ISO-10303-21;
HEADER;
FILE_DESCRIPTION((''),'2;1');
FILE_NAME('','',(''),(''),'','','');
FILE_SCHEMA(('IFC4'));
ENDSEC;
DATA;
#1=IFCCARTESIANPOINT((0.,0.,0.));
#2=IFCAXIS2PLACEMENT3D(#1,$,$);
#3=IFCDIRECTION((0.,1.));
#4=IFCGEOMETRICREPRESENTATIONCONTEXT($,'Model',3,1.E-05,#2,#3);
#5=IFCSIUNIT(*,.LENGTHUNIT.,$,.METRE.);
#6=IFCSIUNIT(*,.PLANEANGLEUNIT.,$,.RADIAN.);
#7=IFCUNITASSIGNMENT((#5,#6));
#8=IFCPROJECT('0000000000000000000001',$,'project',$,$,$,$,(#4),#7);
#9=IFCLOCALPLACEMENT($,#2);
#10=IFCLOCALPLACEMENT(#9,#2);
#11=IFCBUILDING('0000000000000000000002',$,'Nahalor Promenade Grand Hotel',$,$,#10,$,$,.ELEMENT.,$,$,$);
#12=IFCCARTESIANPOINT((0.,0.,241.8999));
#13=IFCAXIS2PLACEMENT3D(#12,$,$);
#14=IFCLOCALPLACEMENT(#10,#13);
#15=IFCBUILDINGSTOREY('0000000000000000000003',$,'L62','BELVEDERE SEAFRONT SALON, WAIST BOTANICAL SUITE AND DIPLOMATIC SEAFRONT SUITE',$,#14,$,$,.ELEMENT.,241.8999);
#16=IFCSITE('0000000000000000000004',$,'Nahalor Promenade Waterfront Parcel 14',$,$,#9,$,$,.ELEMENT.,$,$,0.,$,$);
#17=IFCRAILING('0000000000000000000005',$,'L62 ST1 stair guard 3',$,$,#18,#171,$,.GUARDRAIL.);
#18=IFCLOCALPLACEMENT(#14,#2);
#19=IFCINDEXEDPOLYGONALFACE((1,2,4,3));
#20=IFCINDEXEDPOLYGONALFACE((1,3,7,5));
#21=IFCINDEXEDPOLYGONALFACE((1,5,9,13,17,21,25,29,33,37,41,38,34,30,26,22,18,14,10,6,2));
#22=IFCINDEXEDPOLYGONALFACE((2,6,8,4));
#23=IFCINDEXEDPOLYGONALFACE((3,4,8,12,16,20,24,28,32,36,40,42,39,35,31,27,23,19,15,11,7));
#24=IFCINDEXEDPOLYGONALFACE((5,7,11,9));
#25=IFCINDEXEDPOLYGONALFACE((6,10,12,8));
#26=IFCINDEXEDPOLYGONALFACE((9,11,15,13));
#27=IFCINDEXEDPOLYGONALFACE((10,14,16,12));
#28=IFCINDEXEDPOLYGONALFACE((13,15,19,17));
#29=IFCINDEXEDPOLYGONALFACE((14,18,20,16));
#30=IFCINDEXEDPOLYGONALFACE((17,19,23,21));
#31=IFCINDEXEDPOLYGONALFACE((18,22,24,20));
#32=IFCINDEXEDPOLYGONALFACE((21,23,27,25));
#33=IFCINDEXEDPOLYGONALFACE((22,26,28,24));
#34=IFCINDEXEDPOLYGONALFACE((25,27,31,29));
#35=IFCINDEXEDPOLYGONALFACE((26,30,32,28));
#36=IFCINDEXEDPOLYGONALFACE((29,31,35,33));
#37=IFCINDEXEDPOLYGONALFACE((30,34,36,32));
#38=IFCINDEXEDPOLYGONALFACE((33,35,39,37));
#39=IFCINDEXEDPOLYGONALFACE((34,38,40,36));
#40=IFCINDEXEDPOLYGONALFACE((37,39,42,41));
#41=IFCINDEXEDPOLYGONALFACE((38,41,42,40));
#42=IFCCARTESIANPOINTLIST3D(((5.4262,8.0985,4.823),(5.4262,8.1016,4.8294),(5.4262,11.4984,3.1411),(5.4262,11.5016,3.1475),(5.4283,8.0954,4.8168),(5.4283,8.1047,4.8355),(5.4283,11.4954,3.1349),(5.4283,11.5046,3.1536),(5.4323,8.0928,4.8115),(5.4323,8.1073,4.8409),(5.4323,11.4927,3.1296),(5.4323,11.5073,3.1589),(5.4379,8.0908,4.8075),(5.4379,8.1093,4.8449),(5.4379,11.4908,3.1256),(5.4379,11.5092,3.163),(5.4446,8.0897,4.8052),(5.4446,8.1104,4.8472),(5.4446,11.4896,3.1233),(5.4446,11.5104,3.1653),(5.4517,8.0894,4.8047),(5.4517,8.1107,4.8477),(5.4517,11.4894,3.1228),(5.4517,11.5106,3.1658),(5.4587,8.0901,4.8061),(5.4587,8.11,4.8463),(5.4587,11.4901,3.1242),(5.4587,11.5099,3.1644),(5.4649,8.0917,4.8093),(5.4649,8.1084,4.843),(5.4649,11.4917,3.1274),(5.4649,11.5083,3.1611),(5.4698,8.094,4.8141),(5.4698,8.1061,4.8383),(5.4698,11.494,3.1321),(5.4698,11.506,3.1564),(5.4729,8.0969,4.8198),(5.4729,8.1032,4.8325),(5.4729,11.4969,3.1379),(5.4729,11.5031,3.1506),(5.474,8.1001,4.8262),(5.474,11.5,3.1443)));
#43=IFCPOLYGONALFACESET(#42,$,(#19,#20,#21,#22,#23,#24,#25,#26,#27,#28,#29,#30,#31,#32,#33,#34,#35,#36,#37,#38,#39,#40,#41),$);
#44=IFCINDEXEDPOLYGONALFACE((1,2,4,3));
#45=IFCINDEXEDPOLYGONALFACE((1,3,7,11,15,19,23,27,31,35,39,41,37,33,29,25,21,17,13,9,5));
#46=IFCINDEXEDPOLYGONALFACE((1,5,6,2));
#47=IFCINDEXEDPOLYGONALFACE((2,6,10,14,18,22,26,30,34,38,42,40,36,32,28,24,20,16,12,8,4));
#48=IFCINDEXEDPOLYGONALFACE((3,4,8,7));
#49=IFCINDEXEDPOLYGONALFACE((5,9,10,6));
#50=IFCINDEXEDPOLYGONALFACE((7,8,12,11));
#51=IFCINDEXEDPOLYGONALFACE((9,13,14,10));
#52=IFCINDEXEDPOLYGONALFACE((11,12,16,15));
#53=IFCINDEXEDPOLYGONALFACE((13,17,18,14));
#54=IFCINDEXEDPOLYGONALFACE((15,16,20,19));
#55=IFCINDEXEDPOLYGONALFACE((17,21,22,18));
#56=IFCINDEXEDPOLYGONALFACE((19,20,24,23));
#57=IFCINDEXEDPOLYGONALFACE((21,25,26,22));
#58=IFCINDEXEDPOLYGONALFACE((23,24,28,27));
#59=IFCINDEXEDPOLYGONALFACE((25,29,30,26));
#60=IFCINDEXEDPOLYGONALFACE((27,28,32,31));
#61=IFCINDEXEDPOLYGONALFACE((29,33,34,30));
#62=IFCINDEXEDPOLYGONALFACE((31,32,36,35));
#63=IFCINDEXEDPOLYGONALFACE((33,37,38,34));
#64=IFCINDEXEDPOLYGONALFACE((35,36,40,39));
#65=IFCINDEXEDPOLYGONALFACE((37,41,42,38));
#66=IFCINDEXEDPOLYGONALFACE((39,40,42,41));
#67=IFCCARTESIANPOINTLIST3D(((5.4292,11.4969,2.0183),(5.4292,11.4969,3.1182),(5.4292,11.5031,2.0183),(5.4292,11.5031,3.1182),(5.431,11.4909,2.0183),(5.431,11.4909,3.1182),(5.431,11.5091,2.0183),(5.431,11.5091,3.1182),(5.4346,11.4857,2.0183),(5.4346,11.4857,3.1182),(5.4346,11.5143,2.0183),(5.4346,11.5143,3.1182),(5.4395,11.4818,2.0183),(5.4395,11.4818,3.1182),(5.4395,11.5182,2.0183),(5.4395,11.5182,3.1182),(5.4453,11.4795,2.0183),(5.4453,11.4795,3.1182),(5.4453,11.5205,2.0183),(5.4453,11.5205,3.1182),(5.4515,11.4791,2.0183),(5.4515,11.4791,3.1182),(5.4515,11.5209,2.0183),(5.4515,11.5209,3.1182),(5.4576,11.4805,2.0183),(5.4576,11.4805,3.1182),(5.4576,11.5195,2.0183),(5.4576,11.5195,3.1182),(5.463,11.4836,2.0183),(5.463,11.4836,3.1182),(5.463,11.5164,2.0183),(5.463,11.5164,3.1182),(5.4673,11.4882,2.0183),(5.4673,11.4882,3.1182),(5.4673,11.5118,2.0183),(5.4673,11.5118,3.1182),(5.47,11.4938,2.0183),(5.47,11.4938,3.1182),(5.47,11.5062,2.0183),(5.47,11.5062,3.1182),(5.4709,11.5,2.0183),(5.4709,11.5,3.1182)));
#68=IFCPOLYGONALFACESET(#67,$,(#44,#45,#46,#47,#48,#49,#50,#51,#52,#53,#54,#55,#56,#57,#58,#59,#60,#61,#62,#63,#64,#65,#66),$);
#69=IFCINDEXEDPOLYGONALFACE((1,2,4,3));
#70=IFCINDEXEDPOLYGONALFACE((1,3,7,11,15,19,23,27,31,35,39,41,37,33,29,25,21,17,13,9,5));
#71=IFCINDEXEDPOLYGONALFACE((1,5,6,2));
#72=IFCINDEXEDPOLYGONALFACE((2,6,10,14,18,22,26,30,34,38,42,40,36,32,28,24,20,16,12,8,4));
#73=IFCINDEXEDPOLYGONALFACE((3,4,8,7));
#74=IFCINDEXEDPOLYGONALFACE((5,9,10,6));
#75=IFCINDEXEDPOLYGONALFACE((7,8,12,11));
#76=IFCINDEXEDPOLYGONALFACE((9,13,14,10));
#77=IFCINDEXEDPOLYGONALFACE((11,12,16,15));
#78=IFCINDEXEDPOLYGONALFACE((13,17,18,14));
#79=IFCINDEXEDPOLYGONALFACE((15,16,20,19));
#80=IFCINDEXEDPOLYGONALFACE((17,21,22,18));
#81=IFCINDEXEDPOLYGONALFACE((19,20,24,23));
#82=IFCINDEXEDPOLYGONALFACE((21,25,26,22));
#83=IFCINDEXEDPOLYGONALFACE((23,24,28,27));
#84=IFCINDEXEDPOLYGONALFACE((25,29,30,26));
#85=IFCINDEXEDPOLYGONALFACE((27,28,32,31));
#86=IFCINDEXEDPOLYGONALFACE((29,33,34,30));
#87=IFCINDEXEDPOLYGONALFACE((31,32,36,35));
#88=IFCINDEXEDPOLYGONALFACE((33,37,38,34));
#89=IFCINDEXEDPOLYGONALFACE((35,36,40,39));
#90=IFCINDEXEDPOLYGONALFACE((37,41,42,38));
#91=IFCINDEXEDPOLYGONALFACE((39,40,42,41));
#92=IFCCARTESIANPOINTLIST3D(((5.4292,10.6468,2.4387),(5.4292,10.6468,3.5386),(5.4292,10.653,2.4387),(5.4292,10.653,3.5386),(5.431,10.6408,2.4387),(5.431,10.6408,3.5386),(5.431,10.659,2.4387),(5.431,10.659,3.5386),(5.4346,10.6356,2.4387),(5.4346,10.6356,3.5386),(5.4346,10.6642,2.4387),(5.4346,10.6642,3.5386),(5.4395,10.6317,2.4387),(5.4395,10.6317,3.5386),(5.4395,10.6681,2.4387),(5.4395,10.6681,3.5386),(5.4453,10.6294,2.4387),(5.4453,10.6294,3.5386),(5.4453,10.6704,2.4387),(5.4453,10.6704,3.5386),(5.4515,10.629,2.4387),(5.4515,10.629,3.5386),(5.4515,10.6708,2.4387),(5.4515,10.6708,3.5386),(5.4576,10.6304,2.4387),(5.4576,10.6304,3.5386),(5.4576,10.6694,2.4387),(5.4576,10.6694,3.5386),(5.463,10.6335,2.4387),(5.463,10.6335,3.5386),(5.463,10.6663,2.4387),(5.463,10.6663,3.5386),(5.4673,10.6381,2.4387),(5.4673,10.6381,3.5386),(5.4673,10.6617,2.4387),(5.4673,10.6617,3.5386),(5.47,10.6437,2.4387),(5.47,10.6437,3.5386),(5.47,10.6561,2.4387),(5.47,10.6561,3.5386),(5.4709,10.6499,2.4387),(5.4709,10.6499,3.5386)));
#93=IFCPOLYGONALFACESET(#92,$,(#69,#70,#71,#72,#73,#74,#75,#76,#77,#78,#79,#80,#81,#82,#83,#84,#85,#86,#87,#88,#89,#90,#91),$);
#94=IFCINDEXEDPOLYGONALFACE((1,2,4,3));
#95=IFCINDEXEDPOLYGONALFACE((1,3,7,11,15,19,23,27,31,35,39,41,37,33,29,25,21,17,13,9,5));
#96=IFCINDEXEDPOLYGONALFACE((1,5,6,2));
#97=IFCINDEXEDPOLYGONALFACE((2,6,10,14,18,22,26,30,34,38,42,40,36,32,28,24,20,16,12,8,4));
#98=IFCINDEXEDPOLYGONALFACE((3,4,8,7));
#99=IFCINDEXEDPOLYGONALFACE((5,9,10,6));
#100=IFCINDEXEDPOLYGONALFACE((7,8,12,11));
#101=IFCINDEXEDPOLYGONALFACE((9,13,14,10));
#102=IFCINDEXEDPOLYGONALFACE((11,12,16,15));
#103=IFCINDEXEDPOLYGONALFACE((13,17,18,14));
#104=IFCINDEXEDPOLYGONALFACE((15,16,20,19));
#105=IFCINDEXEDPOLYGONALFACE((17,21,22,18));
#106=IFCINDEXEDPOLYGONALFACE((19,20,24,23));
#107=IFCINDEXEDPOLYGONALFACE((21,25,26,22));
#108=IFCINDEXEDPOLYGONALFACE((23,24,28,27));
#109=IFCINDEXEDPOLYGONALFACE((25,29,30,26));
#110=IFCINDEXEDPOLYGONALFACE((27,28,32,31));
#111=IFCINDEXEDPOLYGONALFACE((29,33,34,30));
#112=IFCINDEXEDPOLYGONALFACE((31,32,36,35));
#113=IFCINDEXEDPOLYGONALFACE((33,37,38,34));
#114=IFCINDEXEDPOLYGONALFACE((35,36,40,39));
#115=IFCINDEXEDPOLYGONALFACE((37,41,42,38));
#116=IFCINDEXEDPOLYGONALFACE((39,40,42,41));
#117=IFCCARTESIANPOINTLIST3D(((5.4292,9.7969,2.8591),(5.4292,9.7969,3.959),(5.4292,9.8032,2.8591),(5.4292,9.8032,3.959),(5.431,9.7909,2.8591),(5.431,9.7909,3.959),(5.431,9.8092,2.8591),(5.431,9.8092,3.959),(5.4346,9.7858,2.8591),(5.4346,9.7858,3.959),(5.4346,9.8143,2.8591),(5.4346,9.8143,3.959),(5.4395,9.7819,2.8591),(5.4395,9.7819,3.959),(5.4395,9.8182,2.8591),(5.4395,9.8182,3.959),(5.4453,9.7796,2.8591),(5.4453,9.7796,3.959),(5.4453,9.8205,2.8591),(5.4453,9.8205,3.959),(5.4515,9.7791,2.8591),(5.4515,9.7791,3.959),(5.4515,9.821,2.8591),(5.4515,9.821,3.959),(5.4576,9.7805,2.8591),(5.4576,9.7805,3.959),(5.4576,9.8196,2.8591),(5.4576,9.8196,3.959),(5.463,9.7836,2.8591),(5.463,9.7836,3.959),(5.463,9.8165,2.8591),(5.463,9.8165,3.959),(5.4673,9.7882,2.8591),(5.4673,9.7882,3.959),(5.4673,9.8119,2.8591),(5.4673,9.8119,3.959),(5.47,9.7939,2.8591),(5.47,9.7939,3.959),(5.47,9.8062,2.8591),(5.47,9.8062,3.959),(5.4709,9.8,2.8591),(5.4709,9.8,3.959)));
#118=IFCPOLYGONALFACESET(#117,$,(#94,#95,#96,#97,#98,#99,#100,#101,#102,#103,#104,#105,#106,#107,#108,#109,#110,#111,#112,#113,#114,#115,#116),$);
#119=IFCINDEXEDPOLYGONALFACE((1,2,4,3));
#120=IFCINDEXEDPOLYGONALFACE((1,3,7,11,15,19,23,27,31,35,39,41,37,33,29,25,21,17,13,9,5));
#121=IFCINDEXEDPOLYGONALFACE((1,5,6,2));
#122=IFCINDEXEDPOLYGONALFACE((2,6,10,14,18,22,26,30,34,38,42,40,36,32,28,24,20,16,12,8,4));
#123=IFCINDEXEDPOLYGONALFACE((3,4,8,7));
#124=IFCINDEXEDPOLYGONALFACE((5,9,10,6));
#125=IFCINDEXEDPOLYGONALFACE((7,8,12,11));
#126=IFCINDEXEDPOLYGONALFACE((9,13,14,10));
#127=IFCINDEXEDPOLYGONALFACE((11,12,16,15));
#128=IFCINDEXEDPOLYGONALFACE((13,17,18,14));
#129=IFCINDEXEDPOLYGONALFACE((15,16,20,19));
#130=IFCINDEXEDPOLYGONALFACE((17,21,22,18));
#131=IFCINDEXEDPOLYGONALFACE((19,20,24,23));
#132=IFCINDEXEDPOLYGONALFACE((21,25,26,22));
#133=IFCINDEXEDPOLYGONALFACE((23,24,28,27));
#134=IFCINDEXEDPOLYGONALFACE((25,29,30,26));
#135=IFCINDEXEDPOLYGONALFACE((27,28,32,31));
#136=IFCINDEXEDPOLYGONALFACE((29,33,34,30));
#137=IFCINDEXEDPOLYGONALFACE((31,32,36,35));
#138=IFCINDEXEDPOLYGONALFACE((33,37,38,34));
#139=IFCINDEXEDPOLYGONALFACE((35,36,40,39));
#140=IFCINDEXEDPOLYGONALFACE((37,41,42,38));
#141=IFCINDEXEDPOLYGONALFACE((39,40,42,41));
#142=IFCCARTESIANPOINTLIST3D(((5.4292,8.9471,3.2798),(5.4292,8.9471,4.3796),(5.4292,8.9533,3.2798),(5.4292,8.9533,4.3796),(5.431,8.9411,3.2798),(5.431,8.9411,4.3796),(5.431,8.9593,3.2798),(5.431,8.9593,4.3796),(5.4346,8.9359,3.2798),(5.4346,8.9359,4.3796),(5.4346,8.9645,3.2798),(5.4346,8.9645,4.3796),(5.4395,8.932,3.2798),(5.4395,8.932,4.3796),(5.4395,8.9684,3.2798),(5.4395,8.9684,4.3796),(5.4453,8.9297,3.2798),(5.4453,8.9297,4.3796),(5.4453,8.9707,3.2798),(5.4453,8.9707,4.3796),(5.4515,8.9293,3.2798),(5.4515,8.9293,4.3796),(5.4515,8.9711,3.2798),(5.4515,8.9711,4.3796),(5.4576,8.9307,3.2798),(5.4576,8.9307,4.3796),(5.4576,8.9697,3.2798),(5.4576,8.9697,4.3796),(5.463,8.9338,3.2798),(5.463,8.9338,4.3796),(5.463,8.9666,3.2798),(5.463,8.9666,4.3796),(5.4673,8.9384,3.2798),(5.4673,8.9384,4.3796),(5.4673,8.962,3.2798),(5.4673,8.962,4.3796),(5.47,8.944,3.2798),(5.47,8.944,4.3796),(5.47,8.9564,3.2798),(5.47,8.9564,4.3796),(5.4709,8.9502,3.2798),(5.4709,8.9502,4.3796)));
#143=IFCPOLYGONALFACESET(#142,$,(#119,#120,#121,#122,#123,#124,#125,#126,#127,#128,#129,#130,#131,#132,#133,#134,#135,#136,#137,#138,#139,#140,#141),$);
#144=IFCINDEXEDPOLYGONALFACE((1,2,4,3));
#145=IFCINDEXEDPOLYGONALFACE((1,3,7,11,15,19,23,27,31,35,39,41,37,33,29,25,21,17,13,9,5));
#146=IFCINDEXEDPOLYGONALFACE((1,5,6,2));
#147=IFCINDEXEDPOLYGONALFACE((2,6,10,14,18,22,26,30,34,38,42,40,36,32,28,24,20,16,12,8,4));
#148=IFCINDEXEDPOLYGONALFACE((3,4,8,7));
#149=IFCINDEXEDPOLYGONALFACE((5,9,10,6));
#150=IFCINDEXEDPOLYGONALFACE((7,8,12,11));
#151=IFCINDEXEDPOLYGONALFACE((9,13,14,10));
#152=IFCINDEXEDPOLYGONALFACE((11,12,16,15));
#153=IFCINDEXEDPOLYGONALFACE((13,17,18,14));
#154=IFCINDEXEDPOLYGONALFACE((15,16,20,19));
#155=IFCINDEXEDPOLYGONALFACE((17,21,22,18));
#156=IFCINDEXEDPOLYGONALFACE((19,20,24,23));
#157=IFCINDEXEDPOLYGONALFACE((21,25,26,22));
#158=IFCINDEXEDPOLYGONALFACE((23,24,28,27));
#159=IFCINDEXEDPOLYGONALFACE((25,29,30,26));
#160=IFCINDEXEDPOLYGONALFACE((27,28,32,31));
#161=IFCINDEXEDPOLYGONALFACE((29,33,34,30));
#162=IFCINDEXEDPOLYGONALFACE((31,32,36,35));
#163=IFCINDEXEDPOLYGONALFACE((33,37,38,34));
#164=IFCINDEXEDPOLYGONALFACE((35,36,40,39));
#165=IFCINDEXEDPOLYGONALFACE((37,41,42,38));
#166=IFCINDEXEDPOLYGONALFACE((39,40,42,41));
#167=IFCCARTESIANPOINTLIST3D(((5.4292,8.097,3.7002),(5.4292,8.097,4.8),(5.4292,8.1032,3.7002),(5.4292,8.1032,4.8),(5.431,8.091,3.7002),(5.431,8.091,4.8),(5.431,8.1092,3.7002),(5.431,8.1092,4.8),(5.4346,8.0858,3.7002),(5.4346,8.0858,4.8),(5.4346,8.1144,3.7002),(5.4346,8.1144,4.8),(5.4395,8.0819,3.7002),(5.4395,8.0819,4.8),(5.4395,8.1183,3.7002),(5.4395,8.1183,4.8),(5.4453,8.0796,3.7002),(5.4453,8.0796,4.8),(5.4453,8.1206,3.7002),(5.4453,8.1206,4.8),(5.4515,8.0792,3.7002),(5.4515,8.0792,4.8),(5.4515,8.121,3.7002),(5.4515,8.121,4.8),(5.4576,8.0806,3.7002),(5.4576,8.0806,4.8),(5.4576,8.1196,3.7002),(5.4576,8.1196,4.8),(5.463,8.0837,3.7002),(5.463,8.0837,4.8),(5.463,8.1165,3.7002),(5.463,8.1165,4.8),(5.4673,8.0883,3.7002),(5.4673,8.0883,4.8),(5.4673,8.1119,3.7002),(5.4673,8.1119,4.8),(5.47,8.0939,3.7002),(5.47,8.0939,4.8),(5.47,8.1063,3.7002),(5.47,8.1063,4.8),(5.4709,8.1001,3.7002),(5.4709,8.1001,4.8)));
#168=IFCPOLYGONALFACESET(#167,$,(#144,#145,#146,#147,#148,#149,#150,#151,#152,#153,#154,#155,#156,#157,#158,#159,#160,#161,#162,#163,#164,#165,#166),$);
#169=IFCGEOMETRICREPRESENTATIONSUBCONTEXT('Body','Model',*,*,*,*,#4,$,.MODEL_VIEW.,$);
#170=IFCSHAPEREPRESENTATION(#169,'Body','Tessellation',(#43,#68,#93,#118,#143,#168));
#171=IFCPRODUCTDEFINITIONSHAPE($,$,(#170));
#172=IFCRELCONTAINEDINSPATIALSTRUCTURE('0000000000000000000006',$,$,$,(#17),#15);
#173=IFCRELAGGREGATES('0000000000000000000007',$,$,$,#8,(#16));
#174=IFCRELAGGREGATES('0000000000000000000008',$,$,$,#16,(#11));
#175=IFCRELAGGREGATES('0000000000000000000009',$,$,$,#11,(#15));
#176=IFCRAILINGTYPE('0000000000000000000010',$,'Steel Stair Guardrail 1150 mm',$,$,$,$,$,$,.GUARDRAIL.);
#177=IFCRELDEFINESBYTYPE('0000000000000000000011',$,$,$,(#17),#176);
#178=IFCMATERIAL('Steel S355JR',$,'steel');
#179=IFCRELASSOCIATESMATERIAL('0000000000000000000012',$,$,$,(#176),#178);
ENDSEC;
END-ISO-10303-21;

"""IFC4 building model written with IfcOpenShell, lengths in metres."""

from ifc_helpers import new_model, si_unit, direction, frame, origin, origin_2d, place, context, subcontext, project, spatial, circle, extrude, material, type_object, element, save


model = new_model("IFC4")

# Units and contexts
model_context = context("Model", 3, precision=1e-05, world=origin(), true_north=direction((0.0, 1.0)))
body_context = subcontext(model_context, "Body", "Model", "MODEL_VIEW")
ifc_project = project(units=[si_unit("LENGTHUNIT", "METRE"), si_unit("PLANEANGLEUNIT", "RADIAN")], contexts=[model_context])

# Site, building, storey
site_placement = place(None, origin())
site = spatial("IfcSite", under=ifc_project, at=site_placement, Name="Nahalor Promenade Waterfront Parcel 14", CompositionType="ELEMENT", RefElevation=0.0)
building_placement = place(site_placement, origin())
building = spatial("IfcBuilding", under=site, at=building_placement, Name="Nahalor Promenade Grand Hotel", CompositionType="ELEMENT")
storey_placement = place(building_placement, frame((0.0, 0.0, 241.8999)))
storey = spatial("IfcBuildingStorey", under=building, at=storey_placement, Name="L62", Description="BELVEDERE SEAFRONT SALON, WAIST BOTANICAL SUITE AND DIPLOMATIC SEAFRONT SUITE", CompositionType="ELEMENT", Elevation=241.8999)

# Shared definitions
ifc_material_1 = material(Name="Steel S355JR", Category="steel")

# Railing
railing_type_1 = type_object("IfcRailingType", Name="Steel Stair Guardrail 1150 mm", PredefinedType="GUARDRAIL", material=ifc_material_1)
railing_1_placement = place(storey_placement, frame((5.45, 11.5, 2.0183)))
element("IfcRailing", 1, at=railing_1_placement, inside=storey, type_object=railing_type_1, Name="L62 ST1 stair guard 3", PredefinedType="GUARDRAIL", context=body_context, shape_type="SweptSolid", body=[
    extrude(circle(Radius=0.024, at=origin_2d()), frame((0.0, 0.0, 1.126), z_axis=(0.0, -0.896324, 0.443399), x_axis=(1.0, 0.0, 0.0)), (0.0, 0.0, 1.0), 3.7932),
    extrude(circle(Radius=0.021, at=origin_2d()), origin(), (0.0, 0.0, 1.0), 1.0999),
    extrude(circle(Radius=0.021, at=origin_2d()), frame((0.0, -0.8501, 0.4204)), (0.0, 0.0, 1.0), 1.0999),
    extrude(circle(Radius=0.021, at=origin_2d()), frame((0.0, -1.7, 0.8408)), (0.0, 0.0, 1.0), 1.0999),
    extrude(circle(Radius=0.021, at=origin_2d()), frame((0.0, -2.5498, 1.2615)), (0.0, 0.0, 1.0), 1.0999),
    extrude(circle(Radius=0.021, at=origin_2d()), frame((0.0, -3.3999, 1.6819)), (0.0, 0.0, 1.0), 1.0999),
])

save(model, "model.ifc")
